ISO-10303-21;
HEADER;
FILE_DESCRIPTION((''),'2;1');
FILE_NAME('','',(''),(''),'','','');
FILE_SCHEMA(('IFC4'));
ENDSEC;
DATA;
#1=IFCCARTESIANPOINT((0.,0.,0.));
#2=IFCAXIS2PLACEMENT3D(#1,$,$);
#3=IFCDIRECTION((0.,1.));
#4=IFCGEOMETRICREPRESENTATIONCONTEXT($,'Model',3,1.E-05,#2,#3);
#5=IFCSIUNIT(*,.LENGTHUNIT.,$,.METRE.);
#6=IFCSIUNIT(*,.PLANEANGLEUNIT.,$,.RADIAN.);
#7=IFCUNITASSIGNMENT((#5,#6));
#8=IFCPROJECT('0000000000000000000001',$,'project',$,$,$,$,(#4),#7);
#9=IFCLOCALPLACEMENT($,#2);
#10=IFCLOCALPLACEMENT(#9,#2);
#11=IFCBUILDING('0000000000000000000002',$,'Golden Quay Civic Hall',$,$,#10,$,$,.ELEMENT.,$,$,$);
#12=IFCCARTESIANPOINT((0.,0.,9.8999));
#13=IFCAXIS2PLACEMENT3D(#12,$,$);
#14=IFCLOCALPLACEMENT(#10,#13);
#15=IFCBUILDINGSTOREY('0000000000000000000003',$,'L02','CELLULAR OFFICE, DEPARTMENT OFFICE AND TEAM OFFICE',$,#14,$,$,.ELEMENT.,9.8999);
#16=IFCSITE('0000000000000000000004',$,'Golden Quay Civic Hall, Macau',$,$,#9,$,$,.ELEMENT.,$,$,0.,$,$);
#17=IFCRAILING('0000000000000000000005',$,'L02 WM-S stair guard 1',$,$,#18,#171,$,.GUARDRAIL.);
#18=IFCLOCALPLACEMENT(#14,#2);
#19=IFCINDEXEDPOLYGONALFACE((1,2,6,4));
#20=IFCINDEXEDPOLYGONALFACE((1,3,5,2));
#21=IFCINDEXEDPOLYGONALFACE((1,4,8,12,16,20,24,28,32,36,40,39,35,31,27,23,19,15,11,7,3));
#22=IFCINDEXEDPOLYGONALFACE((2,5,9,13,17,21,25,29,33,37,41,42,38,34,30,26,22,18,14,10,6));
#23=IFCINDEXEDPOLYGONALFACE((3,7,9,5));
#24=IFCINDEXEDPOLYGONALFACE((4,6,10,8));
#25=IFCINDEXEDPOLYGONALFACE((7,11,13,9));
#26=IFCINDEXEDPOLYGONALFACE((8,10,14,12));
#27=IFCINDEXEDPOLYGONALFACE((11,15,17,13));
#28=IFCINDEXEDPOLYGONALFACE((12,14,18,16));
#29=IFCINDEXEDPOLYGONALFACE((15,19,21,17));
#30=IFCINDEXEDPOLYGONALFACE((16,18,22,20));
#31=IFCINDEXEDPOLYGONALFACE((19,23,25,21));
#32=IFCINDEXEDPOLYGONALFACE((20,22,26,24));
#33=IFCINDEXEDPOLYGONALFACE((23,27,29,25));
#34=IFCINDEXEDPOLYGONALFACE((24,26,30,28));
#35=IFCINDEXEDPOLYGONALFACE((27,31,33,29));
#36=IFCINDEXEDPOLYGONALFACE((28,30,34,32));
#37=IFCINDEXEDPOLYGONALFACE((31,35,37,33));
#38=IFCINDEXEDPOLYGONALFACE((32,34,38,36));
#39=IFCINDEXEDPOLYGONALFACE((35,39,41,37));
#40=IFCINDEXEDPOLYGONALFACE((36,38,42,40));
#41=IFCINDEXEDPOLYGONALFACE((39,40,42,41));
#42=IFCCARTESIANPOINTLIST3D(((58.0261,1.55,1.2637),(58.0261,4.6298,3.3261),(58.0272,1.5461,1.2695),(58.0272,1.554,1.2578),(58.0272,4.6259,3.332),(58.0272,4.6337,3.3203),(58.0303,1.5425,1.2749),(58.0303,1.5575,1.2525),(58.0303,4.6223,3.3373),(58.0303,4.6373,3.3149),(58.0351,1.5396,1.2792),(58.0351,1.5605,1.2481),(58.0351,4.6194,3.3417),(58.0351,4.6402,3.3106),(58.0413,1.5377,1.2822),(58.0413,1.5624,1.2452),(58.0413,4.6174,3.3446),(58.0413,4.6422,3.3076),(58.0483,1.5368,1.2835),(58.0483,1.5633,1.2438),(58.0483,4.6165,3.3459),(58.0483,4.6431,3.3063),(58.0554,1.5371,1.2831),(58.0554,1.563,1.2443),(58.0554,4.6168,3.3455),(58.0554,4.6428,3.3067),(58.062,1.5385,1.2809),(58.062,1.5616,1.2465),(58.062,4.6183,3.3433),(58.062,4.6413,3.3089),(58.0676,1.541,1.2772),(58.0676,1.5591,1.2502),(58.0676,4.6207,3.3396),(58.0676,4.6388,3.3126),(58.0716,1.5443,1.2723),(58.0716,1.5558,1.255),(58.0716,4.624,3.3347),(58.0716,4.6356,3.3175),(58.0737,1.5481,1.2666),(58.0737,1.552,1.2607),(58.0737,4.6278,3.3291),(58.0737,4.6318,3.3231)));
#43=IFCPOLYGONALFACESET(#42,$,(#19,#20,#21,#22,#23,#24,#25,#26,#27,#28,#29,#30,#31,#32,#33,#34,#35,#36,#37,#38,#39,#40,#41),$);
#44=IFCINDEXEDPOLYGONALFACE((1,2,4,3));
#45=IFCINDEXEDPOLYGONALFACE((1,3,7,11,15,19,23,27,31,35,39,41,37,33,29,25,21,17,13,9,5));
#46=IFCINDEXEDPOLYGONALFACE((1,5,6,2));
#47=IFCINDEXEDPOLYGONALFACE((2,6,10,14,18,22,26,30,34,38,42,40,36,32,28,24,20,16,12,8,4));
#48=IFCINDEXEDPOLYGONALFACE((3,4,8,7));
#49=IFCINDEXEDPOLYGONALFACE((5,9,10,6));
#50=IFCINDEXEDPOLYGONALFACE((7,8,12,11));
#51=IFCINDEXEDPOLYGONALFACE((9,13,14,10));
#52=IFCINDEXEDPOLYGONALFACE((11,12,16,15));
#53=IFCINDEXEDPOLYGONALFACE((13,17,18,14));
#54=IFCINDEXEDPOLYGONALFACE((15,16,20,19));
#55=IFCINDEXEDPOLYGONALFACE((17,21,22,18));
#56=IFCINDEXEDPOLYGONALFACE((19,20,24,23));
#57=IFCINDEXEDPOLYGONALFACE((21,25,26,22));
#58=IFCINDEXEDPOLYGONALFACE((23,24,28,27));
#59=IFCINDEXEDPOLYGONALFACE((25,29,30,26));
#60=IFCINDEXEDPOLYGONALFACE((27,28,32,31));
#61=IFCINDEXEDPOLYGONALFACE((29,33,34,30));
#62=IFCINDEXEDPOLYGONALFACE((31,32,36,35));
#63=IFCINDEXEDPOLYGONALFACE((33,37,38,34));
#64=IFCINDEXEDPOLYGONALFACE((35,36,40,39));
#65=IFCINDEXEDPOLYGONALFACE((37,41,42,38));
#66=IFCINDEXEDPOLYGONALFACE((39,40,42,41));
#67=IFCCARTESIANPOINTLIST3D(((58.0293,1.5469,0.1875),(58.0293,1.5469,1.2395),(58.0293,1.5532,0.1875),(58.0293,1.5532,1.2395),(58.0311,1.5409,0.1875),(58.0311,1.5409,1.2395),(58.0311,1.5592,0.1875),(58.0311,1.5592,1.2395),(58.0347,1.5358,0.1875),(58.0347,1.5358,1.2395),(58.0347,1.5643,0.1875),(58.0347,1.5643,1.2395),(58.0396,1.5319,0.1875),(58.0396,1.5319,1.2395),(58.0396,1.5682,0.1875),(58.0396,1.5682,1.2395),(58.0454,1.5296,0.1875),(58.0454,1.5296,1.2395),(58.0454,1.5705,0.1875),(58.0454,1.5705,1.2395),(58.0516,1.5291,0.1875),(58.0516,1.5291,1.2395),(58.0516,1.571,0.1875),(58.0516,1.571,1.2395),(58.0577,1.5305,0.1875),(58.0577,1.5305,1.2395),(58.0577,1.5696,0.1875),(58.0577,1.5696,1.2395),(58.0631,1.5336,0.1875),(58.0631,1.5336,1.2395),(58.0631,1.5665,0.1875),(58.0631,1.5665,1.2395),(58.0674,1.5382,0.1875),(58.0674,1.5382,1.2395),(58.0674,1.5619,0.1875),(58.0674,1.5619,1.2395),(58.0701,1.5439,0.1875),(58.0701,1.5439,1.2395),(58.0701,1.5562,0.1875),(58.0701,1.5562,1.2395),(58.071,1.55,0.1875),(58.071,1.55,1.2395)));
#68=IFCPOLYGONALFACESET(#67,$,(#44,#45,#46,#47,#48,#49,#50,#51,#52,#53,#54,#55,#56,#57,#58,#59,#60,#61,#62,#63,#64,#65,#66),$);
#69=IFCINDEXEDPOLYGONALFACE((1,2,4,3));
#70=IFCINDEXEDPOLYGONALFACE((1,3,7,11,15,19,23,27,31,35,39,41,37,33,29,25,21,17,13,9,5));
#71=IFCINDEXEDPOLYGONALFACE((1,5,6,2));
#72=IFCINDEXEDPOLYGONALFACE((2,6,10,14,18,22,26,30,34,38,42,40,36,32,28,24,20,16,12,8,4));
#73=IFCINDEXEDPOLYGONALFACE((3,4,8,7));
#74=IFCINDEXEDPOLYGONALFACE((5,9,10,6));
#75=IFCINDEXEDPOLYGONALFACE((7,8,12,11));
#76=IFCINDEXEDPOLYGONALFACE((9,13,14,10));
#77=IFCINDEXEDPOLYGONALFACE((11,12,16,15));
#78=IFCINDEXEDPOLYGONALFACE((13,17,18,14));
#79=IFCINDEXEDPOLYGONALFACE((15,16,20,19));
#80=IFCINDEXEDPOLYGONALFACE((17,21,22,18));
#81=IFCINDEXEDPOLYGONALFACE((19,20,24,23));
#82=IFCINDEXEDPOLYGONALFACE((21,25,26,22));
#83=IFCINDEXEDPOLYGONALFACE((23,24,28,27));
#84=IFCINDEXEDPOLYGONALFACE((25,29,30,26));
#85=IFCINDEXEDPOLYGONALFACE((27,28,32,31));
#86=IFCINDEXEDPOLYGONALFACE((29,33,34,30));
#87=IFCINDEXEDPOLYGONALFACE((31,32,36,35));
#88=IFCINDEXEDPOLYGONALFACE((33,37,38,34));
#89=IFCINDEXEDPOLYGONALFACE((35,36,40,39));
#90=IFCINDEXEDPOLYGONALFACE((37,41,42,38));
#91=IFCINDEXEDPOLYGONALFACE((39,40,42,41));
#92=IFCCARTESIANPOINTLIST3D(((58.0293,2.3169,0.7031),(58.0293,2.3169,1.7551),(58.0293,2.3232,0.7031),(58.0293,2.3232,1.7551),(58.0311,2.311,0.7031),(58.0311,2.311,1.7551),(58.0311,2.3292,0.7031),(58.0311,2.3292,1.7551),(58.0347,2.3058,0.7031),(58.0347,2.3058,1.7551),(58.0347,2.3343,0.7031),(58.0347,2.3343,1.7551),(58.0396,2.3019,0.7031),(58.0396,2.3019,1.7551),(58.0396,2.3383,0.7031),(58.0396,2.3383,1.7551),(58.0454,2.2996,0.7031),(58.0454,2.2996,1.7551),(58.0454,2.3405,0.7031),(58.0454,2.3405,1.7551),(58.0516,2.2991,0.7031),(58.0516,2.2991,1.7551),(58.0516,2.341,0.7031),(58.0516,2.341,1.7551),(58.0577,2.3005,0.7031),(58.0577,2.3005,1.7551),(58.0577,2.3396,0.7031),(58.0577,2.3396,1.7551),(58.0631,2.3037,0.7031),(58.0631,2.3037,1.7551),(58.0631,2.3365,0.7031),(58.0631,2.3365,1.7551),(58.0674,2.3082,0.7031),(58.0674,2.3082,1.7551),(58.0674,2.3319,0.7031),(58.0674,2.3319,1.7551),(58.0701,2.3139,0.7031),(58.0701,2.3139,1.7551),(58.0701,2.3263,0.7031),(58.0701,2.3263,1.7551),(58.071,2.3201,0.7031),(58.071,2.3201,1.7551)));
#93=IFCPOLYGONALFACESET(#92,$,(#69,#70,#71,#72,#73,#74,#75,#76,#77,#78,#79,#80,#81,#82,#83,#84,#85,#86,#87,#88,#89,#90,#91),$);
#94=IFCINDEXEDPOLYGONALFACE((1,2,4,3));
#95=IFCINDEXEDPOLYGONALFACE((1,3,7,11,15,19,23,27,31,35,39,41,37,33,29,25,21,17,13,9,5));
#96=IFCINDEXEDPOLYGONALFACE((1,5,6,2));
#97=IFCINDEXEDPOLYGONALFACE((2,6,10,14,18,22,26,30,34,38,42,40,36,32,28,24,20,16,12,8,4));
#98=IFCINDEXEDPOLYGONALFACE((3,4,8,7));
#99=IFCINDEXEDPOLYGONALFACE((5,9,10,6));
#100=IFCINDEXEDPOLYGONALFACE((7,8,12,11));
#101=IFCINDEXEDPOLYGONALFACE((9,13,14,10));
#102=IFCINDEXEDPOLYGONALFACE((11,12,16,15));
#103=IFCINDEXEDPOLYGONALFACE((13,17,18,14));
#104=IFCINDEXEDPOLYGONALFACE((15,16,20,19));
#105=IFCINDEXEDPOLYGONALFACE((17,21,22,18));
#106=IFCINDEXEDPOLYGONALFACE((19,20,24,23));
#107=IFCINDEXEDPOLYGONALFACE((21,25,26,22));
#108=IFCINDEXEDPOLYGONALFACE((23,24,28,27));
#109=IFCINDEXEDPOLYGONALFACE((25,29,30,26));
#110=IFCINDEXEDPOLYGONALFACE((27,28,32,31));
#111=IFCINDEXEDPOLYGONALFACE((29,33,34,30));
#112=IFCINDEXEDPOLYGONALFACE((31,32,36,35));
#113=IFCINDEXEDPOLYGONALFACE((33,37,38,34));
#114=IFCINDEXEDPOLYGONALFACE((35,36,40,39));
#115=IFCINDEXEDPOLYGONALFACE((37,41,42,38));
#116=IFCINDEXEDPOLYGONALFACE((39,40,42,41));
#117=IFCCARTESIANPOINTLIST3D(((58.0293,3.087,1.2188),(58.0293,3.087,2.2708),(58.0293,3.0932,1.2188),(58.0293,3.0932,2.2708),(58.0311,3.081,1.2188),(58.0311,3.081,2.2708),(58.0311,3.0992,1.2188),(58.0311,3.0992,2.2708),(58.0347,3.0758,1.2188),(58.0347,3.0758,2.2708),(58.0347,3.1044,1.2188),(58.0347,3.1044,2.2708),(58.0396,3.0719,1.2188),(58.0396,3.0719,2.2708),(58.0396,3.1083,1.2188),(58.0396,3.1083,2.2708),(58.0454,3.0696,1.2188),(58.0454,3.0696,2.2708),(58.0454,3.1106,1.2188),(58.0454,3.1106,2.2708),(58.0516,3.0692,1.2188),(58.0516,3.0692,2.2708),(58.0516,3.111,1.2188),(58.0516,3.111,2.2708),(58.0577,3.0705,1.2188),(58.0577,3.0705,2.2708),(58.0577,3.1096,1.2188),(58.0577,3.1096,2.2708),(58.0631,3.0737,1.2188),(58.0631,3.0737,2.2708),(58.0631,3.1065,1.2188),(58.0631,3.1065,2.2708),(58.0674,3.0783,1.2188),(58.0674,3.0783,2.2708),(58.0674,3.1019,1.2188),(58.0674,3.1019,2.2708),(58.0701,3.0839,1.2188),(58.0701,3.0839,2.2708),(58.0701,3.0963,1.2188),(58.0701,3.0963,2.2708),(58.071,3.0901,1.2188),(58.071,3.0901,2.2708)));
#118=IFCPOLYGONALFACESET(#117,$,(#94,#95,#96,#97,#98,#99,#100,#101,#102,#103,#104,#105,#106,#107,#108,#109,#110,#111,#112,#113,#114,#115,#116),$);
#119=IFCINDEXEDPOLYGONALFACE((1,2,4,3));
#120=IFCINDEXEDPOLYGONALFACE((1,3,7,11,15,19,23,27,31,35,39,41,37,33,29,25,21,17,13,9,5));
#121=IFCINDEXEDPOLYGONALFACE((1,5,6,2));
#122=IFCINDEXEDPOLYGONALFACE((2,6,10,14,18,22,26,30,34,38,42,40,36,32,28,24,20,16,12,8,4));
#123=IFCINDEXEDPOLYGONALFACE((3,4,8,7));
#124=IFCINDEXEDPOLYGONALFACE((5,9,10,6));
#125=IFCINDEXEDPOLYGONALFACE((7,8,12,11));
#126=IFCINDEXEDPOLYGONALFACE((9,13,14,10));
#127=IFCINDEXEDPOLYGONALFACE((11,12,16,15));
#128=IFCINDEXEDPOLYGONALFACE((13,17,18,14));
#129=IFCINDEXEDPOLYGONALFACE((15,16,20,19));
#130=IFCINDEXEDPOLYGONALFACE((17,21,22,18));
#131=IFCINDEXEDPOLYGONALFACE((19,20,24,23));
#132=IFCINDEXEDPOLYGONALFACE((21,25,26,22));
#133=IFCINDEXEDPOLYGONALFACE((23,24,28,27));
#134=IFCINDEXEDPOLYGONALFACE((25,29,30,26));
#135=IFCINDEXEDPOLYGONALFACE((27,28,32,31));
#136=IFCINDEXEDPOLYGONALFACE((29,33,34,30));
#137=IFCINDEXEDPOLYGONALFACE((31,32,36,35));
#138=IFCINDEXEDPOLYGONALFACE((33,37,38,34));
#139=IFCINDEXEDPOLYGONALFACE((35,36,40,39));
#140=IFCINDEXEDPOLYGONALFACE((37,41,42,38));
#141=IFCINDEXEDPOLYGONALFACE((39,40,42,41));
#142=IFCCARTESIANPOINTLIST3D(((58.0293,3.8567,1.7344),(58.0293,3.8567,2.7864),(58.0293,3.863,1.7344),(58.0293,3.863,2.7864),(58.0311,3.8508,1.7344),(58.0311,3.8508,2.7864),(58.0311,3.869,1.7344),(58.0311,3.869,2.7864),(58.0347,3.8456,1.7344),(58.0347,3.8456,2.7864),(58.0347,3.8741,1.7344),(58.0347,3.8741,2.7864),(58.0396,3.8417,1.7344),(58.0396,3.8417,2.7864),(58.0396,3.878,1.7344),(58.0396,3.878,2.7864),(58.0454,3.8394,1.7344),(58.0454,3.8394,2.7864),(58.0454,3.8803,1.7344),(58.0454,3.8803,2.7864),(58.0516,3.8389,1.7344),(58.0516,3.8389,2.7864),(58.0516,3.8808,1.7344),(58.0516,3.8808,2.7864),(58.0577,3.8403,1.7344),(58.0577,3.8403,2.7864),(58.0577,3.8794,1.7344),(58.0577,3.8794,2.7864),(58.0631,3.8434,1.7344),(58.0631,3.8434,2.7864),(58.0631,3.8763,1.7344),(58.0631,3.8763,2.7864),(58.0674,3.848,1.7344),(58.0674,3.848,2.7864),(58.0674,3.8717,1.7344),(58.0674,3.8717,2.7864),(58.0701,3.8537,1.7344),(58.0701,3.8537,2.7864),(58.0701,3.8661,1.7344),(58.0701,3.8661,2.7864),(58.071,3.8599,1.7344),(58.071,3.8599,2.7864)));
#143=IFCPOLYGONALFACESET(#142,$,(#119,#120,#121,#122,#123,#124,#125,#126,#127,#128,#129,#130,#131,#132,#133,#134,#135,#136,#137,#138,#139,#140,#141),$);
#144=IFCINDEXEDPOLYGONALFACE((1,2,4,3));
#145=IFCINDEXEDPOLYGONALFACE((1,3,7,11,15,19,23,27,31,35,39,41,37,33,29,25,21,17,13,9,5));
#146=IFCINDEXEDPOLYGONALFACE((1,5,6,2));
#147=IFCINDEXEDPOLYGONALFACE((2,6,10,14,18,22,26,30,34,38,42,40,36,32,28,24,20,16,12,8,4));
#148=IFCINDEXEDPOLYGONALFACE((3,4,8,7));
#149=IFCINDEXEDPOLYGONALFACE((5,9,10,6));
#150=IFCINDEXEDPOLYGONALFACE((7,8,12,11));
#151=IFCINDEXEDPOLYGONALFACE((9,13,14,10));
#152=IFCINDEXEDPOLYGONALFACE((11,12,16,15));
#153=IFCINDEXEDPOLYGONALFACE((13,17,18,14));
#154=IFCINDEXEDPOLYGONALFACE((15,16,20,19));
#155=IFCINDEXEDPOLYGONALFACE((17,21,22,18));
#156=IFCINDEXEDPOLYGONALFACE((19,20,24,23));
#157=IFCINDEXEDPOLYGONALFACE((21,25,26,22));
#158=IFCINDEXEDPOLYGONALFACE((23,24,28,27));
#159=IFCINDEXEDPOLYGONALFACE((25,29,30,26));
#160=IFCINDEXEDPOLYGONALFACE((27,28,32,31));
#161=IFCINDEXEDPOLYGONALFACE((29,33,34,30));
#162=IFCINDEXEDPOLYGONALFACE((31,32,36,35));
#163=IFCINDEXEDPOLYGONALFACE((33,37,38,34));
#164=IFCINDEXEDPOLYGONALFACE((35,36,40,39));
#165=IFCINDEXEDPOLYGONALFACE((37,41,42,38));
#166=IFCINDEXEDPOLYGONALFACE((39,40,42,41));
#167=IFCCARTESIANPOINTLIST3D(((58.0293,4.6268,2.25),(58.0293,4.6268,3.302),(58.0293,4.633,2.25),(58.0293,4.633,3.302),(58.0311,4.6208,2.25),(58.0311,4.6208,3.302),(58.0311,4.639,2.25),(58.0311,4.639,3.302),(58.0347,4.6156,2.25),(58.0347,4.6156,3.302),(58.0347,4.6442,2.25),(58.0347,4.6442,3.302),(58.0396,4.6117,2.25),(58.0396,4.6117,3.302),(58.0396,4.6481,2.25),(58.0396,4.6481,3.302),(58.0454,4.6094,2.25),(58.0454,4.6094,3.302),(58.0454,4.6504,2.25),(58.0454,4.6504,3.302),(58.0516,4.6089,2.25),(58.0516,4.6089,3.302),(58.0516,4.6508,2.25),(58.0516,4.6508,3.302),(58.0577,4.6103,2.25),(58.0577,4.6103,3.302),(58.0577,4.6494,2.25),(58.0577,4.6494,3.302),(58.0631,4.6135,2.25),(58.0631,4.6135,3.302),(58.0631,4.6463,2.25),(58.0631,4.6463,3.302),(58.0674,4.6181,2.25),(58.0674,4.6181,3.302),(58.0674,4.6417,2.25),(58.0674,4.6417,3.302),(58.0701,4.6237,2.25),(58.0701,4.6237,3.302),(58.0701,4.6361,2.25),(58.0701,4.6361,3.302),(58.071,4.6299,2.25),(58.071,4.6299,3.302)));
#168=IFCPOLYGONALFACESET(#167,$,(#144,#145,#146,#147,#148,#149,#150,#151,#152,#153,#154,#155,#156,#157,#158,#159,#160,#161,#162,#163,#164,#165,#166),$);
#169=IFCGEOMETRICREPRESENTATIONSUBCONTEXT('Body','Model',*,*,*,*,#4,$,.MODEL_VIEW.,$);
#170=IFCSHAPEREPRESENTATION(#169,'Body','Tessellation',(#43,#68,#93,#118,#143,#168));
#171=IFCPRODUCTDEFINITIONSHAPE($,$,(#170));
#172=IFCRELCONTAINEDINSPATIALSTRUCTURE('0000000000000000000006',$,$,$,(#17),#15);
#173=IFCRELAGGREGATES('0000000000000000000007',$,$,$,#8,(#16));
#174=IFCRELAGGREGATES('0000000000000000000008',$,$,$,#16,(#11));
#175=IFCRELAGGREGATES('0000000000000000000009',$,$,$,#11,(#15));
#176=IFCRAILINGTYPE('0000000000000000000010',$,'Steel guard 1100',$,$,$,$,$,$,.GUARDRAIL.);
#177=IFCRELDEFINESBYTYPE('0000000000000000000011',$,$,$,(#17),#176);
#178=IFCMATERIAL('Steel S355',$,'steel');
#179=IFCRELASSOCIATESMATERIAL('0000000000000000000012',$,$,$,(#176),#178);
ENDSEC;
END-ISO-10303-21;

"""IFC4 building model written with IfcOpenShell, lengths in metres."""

from ifc_helpers import new_model, si_unit, direction, frame, origin, origin_2d, place, context, subcontext, project, spatial, circle, extrude, material, type_object, element, save


model = new_model("IFC4")

# Units and contexts
model_context = context("Model", 3, precision=1e-05, world=origin(), true_north=direction((0.0, 1.0)))
body_context = subcontext(model_context, "Body", "Model", "MODEL_VIEW")
ifc_project = project(units=[si_unit("LENGTHUNIT", "METRE"), si_unit("PLANEANGLEUNIT", "RADIAN")], contexts=[model_context])

# Site, building, storey
site_placement = place(None, origin())
site = spatial("IfcSite", under=ifc_project, at=site_placement, Name="Golden Quay Civic Hall, Macau", CompositionType="ELEMENT", RefElevation=0.0)
building_placement = place(site_placement, origin())
building = spatial("IfcBuilding", under=site, at=building_placement, Name="Golden Quay Civic Hall", CompositionType="ELEMENT")
storey_placement = place(building_placement, frame((0.0, 0.0, 9.8999)))
storey = spatial("IfcBuildingStorey", under=building, at=storey_placement, Name="L02", Description="CELLULAR OFFICE, DEPARTMENT OFFICE AND TEAM OFFICE", CompositionType="ELEMENT", Elevation=9.8999)

# Railing
ifc_material_1 = material(Name="Steel S355", Category="steel")
railing_type = type_object("IfcRailingType", Name="Steel guard 1100", PredefinedType="GUARDRAIL", material=ifc_material_1)
railing_1_placement = place(storey_placement, frame((58.05, 1.55, 0.1875)))
element("IfcRailing", 1, at=railing_1_placement, inside=storey, type_object=railing_type, Name="L02 WM-S stair guard 1", PredefinedType="GUARDRAIL", context=body_context, shape_type="SweptSolid", body=[
    extrude(circle(Radius=0.0239, at=origin_2d()), frame((0.0, 0.0, 1.0762), z_axis=(0.0, 0.830893, 0.556432), x_axis=(-1.0, 0.0, 0.0)), (0.0, 0.0, 1.0), 3.7065),
    extrude(circle(Radius=0.021, at=origin_2d()), origin(), (0.0, 0.0, 1.0), 1.052),
    extrude(circle(Radius=0.021, at=origin_2d()), frame((0.0, 0.77, 0.5156)), (0.0, 0.0, 1.0), 1.052),
    extrude(circle(Radius=0.021, at=origin_2d()), frame((0.0, 1.54, 1.0312)), (0.0, 0.0, 1.0), 1.052),
    extrude(circle(Radius=0.021, at=origin_2d()), frame((0.0, 2.3098, 1.5469)), (0.0, 0.0, 1.0), 1.052),
    extrude(circle(Radius=0.021, at=origin_2d()), frame((0.0, 3.0798, 2.0625)), (0.0, 0.0, 1.0), 1.052),
])

save(model, "model.ifc")
